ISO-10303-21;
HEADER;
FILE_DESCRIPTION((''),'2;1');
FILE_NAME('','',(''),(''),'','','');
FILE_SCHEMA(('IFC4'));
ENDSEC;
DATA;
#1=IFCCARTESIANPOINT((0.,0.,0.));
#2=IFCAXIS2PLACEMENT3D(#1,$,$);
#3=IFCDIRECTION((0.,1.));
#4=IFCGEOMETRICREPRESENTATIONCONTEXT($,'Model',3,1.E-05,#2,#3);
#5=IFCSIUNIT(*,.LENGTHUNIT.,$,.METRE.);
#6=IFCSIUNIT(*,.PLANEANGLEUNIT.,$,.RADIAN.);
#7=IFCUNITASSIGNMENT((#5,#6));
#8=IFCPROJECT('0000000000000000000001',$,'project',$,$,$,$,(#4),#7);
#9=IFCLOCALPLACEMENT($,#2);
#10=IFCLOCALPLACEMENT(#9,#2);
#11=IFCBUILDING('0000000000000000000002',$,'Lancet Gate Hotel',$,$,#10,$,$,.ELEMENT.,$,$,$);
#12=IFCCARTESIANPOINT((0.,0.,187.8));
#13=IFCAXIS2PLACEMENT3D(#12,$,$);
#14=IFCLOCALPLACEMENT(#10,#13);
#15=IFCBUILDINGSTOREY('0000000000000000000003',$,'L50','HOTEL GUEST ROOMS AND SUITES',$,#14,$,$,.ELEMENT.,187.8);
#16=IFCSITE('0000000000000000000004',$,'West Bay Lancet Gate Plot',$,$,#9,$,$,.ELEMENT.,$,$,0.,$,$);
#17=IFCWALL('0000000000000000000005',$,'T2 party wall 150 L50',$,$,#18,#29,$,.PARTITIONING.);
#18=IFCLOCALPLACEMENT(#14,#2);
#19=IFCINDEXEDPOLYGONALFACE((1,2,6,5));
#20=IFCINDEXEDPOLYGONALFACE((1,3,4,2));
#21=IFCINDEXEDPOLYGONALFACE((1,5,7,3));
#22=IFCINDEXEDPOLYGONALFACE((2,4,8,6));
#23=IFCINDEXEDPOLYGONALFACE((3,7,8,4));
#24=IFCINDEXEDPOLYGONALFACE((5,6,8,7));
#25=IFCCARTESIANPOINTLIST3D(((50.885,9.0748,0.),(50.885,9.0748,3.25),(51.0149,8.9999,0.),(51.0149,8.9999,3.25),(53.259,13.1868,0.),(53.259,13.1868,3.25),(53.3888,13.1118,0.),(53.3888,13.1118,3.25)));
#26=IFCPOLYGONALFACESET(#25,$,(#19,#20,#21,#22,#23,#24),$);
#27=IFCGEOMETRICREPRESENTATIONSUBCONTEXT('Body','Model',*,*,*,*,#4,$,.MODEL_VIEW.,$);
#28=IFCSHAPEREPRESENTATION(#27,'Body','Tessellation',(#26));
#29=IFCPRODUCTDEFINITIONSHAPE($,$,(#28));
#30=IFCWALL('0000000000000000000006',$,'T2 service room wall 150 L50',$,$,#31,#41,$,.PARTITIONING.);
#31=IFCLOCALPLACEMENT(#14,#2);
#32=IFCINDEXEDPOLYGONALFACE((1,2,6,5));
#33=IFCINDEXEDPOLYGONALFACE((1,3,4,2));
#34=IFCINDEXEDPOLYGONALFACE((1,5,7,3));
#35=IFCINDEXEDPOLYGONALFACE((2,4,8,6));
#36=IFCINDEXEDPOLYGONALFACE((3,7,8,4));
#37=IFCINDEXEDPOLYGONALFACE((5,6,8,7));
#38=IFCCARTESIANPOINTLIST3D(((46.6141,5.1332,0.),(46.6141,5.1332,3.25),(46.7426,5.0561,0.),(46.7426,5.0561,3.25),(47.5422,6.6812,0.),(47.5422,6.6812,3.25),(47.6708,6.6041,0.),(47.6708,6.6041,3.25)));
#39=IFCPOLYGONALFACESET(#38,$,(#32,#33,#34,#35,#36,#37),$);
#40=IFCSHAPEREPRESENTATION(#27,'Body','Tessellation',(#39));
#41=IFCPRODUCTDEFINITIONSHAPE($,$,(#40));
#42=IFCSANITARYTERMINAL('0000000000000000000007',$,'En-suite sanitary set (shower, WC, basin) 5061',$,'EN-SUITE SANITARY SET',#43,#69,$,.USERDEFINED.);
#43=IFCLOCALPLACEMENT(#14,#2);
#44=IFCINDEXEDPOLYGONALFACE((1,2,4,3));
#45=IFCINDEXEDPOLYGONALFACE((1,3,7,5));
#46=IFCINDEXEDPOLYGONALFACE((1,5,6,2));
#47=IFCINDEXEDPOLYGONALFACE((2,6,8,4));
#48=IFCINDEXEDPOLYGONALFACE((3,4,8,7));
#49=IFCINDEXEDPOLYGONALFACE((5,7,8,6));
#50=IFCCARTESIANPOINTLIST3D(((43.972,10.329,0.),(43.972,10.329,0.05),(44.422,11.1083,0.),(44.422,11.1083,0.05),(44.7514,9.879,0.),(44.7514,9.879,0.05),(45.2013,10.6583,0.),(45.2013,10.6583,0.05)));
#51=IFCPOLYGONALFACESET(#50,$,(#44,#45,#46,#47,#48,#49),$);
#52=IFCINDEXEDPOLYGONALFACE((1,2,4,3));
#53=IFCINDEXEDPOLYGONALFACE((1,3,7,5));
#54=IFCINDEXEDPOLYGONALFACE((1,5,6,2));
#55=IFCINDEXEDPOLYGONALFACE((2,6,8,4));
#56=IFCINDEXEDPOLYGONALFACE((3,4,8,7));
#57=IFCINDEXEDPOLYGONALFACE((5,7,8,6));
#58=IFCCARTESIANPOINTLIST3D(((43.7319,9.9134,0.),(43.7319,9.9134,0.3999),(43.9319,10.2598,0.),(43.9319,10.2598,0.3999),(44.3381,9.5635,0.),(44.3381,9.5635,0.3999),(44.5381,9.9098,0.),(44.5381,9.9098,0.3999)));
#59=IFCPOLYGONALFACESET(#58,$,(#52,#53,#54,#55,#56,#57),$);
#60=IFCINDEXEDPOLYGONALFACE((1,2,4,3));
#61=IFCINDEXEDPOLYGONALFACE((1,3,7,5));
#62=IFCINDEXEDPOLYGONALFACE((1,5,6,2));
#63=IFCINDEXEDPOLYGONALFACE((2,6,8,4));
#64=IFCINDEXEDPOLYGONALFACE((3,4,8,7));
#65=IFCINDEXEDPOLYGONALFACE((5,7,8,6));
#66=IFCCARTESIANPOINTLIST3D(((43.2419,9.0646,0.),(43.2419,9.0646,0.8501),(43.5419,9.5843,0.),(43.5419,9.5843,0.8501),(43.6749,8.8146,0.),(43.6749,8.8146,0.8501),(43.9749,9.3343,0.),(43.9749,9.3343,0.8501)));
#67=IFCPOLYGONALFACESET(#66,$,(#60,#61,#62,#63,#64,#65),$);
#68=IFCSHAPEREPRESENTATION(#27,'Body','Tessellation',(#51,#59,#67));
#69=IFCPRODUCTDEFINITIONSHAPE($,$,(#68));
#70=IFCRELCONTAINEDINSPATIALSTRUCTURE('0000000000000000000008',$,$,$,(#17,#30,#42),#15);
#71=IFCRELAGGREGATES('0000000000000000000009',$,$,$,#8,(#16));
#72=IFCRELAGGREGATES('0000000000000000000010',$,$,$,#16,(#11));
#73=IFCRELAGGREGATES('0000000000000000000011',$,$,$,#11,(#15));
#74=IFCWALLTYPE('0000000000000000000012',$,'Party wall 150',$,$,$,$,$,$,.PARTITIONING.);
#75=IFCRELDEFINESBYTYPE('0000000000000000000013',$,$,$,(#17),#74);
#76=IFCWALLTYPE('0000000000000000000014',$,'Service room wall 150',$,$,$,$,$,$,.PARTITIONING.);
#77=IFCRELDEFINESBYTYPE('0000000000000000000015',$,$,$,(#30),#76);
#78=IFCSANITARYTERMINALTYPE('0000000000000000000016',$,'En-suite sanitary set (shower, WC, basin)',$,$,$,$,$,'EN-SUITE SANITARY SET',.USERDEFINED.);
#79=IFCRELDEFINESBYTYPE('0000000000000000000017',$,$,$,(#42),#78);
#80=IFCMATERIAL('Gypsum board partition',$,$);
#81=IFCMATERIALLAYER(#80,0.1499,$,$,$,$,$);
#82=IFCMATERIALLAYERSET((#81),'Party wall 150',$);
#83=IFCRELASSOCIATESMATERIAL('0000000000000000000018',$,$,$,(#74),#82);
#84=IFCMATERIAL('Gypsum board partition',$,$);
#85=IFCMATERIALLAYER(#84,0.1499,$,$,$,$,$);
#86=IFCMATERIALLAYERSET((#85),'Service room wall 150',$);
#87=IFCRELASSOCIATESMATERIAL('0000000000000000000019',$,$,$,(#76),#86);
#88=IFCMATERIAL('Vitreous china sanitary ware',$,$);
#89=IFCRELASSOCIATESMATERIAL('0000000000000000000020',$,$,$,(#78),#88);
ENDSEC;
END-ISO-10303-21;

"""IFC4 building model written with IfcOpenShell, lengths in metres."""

from ifc_helpers import new_model, si_unit, direction, frame, frame_2d, origin, origin_2d, place, context, subcontext, project, spatial, rectangle, extrude, material, layer, layer_set, type_object, element, save


model = new_model("IFC4")

# Units and contexts
model_context = context("Model", 3, precision=1e-05, world=origin(), true_north=direction((0.0, 1.0)))
body_context = subcontext(model_context, "Body", "Model", "MODEL_VIEW")
ifc_project = project(units=[si_unit("LENGTHUNIT", "METRE"), si_unit("PLANEANGLEUNIT", "RADIAN")], contexts=[model_context])

# Site, building, storey
site_placement = place(None, origin())
site = spatial("IfcSite", under=ifc_project, at=site_placement, Name="West Bay Lancet Gate Plot", CompositionType="ELEMENT", RefElevation=0.0)
building_placement = place(site_placement, origin())
building = spatial("IfcBuilding", under=site, at=building_placement, Name="Lancet Gate Hotel", CompositionType="ELEMENT")
storey_placement = place(building_placement, frame((0.0, 0.0, 187.8)))
storey = spatial("IfcBuildingStorey", under=building, at=storey_placement, Name="L50", Description="HOTEL GUEST ROOMS AND SUITES", CompositionType="ELEMENT", Elevation=187.8)

# Walls
ifc_material_1 = material(Name="Gypsum board partition")
ifc_layer_1 = layer(ifc_material_1, 0.1499)
ifc_layer_set_1 = layer_set([ifc_layer_1], Name="Party wall 150")
wall_type_1 = type_object("IfcWallType", Name="Party wall 150", PredefinedType="PARTITIONING", material=ifc_layer_set_1)
wall_1_placement = place(storey_placement, frame((50.95, 9.0374, 0.0), z_axis=(0.0, 0.0, 1.0), x_axis=(0.499988, 0.866032, 0.0)))
element("IfcWall", 1, at=wall_1_placement, inside=storey, type_object=wall_type_1, Name="T2 party wall 150 L50", PredefinedType="PARTITIONING", context=body_context, shape_type="SweptSolid", body=[
    extrude(rectangle(XDim=4.748, YDim=0.1499, at=frame_2d((2.374, 0.0))), origin(), (0.0, 0.0, 1.0), 3.25),
])
ifc_material_2 = material(Name="Gypsum board partition")
ifc_layer_2 = layer(ifc_material_2, 0.1499)
ifc_layer_set_2 = layer_set([ifc_layer_2], Name="Service room wall 150")
wall_type_2 = type_object("IfcWallType", Name="Service room wall 150", PredefinedType="PARTITIONING", material=ifc_layer_set_2)
wall_2_placement = place(storey_placement, frame((47.6064, 6.6426, 0.0), z_axis=(0.0, 0.0, 1.0), x_axis=(-0.514237, -0.857648, 0.0)))
element("IfcWall", 2, at=wall_2_placement, inside=storey, type_object=wall_type_2, Name="T2 service room wall 150 L50", PredefinedType="PARTITIONING", context=body_context, shape_type="SweptSolid", body=[
    extrude(rectangle(XDim=1.8049, YDim=0.1499, at=frame_2d((0.9023, 0.0))), origin(), (0.0, 0.0, 1.0), 3.25),
])

# Sanitary terminal
ifc_material_3 = material(Name="Vitreous china sanitary ware")
sanitary_terminal_type = type_object("IfcSanitaryTerminalType", Name="En-suite sanitary set (shower, WC, basin)", ElementType="EN-SUITE SANITARY SET", PredefinedType="USERDEFINED", material=ifc_material_3)
sanitary_terminal_placement = place(storey_placement, frame((44.5867, 10.4937, 0.0), z_axis=(0.0, 0.0, 1.0), x_axis=(1.0, 0.0, 0.0)))
element("IfcSanitaryTerminal", 3, at=sanitary_terminal_placement, inside=storey, type_object=sanitary_terminal_type, Name="En-suite sanitary set (shower, WC, basin) 5061", ObjectType="EN-SUITE SANITARY SET", PredefinedType="USERDEFINED", context=body_context, shape_type="SweptSolid", body=[
    extrude(rectangle(XDim=0.8999, YDim=0.8999, at=origin_2d()), frame((0.0, 0.0, 0.0), z_axis=(0.0, 0.0, 1.0), x_axis=(0.5, 0.866025, 0.0)), (0.0, 0.0, 1.0), 0.05),
    extrude(rectangle(XDim=0.3999, YDim=0.7, at=origin_2d()), frame((-0.4517, -0.582, 0.0), z_axis=(0.0, 0.0, 1.0), x_axis=(0.5, 0.866025, 0.0)), (0.0, 0.0, 1.0), 0.3999),
    extrude(rectangle(XDim=0.6001, YDim=0.5, at=origin_2d()), frame((-0.9783, -1.2942, 0.0), z_axis=(0.0, 0.0, 1.0), x_axis=(0.5, 0.866025, 0.0)), (0.0, 0.0, 1.0), 0.8501),
])

save(model, "model.ifc")
